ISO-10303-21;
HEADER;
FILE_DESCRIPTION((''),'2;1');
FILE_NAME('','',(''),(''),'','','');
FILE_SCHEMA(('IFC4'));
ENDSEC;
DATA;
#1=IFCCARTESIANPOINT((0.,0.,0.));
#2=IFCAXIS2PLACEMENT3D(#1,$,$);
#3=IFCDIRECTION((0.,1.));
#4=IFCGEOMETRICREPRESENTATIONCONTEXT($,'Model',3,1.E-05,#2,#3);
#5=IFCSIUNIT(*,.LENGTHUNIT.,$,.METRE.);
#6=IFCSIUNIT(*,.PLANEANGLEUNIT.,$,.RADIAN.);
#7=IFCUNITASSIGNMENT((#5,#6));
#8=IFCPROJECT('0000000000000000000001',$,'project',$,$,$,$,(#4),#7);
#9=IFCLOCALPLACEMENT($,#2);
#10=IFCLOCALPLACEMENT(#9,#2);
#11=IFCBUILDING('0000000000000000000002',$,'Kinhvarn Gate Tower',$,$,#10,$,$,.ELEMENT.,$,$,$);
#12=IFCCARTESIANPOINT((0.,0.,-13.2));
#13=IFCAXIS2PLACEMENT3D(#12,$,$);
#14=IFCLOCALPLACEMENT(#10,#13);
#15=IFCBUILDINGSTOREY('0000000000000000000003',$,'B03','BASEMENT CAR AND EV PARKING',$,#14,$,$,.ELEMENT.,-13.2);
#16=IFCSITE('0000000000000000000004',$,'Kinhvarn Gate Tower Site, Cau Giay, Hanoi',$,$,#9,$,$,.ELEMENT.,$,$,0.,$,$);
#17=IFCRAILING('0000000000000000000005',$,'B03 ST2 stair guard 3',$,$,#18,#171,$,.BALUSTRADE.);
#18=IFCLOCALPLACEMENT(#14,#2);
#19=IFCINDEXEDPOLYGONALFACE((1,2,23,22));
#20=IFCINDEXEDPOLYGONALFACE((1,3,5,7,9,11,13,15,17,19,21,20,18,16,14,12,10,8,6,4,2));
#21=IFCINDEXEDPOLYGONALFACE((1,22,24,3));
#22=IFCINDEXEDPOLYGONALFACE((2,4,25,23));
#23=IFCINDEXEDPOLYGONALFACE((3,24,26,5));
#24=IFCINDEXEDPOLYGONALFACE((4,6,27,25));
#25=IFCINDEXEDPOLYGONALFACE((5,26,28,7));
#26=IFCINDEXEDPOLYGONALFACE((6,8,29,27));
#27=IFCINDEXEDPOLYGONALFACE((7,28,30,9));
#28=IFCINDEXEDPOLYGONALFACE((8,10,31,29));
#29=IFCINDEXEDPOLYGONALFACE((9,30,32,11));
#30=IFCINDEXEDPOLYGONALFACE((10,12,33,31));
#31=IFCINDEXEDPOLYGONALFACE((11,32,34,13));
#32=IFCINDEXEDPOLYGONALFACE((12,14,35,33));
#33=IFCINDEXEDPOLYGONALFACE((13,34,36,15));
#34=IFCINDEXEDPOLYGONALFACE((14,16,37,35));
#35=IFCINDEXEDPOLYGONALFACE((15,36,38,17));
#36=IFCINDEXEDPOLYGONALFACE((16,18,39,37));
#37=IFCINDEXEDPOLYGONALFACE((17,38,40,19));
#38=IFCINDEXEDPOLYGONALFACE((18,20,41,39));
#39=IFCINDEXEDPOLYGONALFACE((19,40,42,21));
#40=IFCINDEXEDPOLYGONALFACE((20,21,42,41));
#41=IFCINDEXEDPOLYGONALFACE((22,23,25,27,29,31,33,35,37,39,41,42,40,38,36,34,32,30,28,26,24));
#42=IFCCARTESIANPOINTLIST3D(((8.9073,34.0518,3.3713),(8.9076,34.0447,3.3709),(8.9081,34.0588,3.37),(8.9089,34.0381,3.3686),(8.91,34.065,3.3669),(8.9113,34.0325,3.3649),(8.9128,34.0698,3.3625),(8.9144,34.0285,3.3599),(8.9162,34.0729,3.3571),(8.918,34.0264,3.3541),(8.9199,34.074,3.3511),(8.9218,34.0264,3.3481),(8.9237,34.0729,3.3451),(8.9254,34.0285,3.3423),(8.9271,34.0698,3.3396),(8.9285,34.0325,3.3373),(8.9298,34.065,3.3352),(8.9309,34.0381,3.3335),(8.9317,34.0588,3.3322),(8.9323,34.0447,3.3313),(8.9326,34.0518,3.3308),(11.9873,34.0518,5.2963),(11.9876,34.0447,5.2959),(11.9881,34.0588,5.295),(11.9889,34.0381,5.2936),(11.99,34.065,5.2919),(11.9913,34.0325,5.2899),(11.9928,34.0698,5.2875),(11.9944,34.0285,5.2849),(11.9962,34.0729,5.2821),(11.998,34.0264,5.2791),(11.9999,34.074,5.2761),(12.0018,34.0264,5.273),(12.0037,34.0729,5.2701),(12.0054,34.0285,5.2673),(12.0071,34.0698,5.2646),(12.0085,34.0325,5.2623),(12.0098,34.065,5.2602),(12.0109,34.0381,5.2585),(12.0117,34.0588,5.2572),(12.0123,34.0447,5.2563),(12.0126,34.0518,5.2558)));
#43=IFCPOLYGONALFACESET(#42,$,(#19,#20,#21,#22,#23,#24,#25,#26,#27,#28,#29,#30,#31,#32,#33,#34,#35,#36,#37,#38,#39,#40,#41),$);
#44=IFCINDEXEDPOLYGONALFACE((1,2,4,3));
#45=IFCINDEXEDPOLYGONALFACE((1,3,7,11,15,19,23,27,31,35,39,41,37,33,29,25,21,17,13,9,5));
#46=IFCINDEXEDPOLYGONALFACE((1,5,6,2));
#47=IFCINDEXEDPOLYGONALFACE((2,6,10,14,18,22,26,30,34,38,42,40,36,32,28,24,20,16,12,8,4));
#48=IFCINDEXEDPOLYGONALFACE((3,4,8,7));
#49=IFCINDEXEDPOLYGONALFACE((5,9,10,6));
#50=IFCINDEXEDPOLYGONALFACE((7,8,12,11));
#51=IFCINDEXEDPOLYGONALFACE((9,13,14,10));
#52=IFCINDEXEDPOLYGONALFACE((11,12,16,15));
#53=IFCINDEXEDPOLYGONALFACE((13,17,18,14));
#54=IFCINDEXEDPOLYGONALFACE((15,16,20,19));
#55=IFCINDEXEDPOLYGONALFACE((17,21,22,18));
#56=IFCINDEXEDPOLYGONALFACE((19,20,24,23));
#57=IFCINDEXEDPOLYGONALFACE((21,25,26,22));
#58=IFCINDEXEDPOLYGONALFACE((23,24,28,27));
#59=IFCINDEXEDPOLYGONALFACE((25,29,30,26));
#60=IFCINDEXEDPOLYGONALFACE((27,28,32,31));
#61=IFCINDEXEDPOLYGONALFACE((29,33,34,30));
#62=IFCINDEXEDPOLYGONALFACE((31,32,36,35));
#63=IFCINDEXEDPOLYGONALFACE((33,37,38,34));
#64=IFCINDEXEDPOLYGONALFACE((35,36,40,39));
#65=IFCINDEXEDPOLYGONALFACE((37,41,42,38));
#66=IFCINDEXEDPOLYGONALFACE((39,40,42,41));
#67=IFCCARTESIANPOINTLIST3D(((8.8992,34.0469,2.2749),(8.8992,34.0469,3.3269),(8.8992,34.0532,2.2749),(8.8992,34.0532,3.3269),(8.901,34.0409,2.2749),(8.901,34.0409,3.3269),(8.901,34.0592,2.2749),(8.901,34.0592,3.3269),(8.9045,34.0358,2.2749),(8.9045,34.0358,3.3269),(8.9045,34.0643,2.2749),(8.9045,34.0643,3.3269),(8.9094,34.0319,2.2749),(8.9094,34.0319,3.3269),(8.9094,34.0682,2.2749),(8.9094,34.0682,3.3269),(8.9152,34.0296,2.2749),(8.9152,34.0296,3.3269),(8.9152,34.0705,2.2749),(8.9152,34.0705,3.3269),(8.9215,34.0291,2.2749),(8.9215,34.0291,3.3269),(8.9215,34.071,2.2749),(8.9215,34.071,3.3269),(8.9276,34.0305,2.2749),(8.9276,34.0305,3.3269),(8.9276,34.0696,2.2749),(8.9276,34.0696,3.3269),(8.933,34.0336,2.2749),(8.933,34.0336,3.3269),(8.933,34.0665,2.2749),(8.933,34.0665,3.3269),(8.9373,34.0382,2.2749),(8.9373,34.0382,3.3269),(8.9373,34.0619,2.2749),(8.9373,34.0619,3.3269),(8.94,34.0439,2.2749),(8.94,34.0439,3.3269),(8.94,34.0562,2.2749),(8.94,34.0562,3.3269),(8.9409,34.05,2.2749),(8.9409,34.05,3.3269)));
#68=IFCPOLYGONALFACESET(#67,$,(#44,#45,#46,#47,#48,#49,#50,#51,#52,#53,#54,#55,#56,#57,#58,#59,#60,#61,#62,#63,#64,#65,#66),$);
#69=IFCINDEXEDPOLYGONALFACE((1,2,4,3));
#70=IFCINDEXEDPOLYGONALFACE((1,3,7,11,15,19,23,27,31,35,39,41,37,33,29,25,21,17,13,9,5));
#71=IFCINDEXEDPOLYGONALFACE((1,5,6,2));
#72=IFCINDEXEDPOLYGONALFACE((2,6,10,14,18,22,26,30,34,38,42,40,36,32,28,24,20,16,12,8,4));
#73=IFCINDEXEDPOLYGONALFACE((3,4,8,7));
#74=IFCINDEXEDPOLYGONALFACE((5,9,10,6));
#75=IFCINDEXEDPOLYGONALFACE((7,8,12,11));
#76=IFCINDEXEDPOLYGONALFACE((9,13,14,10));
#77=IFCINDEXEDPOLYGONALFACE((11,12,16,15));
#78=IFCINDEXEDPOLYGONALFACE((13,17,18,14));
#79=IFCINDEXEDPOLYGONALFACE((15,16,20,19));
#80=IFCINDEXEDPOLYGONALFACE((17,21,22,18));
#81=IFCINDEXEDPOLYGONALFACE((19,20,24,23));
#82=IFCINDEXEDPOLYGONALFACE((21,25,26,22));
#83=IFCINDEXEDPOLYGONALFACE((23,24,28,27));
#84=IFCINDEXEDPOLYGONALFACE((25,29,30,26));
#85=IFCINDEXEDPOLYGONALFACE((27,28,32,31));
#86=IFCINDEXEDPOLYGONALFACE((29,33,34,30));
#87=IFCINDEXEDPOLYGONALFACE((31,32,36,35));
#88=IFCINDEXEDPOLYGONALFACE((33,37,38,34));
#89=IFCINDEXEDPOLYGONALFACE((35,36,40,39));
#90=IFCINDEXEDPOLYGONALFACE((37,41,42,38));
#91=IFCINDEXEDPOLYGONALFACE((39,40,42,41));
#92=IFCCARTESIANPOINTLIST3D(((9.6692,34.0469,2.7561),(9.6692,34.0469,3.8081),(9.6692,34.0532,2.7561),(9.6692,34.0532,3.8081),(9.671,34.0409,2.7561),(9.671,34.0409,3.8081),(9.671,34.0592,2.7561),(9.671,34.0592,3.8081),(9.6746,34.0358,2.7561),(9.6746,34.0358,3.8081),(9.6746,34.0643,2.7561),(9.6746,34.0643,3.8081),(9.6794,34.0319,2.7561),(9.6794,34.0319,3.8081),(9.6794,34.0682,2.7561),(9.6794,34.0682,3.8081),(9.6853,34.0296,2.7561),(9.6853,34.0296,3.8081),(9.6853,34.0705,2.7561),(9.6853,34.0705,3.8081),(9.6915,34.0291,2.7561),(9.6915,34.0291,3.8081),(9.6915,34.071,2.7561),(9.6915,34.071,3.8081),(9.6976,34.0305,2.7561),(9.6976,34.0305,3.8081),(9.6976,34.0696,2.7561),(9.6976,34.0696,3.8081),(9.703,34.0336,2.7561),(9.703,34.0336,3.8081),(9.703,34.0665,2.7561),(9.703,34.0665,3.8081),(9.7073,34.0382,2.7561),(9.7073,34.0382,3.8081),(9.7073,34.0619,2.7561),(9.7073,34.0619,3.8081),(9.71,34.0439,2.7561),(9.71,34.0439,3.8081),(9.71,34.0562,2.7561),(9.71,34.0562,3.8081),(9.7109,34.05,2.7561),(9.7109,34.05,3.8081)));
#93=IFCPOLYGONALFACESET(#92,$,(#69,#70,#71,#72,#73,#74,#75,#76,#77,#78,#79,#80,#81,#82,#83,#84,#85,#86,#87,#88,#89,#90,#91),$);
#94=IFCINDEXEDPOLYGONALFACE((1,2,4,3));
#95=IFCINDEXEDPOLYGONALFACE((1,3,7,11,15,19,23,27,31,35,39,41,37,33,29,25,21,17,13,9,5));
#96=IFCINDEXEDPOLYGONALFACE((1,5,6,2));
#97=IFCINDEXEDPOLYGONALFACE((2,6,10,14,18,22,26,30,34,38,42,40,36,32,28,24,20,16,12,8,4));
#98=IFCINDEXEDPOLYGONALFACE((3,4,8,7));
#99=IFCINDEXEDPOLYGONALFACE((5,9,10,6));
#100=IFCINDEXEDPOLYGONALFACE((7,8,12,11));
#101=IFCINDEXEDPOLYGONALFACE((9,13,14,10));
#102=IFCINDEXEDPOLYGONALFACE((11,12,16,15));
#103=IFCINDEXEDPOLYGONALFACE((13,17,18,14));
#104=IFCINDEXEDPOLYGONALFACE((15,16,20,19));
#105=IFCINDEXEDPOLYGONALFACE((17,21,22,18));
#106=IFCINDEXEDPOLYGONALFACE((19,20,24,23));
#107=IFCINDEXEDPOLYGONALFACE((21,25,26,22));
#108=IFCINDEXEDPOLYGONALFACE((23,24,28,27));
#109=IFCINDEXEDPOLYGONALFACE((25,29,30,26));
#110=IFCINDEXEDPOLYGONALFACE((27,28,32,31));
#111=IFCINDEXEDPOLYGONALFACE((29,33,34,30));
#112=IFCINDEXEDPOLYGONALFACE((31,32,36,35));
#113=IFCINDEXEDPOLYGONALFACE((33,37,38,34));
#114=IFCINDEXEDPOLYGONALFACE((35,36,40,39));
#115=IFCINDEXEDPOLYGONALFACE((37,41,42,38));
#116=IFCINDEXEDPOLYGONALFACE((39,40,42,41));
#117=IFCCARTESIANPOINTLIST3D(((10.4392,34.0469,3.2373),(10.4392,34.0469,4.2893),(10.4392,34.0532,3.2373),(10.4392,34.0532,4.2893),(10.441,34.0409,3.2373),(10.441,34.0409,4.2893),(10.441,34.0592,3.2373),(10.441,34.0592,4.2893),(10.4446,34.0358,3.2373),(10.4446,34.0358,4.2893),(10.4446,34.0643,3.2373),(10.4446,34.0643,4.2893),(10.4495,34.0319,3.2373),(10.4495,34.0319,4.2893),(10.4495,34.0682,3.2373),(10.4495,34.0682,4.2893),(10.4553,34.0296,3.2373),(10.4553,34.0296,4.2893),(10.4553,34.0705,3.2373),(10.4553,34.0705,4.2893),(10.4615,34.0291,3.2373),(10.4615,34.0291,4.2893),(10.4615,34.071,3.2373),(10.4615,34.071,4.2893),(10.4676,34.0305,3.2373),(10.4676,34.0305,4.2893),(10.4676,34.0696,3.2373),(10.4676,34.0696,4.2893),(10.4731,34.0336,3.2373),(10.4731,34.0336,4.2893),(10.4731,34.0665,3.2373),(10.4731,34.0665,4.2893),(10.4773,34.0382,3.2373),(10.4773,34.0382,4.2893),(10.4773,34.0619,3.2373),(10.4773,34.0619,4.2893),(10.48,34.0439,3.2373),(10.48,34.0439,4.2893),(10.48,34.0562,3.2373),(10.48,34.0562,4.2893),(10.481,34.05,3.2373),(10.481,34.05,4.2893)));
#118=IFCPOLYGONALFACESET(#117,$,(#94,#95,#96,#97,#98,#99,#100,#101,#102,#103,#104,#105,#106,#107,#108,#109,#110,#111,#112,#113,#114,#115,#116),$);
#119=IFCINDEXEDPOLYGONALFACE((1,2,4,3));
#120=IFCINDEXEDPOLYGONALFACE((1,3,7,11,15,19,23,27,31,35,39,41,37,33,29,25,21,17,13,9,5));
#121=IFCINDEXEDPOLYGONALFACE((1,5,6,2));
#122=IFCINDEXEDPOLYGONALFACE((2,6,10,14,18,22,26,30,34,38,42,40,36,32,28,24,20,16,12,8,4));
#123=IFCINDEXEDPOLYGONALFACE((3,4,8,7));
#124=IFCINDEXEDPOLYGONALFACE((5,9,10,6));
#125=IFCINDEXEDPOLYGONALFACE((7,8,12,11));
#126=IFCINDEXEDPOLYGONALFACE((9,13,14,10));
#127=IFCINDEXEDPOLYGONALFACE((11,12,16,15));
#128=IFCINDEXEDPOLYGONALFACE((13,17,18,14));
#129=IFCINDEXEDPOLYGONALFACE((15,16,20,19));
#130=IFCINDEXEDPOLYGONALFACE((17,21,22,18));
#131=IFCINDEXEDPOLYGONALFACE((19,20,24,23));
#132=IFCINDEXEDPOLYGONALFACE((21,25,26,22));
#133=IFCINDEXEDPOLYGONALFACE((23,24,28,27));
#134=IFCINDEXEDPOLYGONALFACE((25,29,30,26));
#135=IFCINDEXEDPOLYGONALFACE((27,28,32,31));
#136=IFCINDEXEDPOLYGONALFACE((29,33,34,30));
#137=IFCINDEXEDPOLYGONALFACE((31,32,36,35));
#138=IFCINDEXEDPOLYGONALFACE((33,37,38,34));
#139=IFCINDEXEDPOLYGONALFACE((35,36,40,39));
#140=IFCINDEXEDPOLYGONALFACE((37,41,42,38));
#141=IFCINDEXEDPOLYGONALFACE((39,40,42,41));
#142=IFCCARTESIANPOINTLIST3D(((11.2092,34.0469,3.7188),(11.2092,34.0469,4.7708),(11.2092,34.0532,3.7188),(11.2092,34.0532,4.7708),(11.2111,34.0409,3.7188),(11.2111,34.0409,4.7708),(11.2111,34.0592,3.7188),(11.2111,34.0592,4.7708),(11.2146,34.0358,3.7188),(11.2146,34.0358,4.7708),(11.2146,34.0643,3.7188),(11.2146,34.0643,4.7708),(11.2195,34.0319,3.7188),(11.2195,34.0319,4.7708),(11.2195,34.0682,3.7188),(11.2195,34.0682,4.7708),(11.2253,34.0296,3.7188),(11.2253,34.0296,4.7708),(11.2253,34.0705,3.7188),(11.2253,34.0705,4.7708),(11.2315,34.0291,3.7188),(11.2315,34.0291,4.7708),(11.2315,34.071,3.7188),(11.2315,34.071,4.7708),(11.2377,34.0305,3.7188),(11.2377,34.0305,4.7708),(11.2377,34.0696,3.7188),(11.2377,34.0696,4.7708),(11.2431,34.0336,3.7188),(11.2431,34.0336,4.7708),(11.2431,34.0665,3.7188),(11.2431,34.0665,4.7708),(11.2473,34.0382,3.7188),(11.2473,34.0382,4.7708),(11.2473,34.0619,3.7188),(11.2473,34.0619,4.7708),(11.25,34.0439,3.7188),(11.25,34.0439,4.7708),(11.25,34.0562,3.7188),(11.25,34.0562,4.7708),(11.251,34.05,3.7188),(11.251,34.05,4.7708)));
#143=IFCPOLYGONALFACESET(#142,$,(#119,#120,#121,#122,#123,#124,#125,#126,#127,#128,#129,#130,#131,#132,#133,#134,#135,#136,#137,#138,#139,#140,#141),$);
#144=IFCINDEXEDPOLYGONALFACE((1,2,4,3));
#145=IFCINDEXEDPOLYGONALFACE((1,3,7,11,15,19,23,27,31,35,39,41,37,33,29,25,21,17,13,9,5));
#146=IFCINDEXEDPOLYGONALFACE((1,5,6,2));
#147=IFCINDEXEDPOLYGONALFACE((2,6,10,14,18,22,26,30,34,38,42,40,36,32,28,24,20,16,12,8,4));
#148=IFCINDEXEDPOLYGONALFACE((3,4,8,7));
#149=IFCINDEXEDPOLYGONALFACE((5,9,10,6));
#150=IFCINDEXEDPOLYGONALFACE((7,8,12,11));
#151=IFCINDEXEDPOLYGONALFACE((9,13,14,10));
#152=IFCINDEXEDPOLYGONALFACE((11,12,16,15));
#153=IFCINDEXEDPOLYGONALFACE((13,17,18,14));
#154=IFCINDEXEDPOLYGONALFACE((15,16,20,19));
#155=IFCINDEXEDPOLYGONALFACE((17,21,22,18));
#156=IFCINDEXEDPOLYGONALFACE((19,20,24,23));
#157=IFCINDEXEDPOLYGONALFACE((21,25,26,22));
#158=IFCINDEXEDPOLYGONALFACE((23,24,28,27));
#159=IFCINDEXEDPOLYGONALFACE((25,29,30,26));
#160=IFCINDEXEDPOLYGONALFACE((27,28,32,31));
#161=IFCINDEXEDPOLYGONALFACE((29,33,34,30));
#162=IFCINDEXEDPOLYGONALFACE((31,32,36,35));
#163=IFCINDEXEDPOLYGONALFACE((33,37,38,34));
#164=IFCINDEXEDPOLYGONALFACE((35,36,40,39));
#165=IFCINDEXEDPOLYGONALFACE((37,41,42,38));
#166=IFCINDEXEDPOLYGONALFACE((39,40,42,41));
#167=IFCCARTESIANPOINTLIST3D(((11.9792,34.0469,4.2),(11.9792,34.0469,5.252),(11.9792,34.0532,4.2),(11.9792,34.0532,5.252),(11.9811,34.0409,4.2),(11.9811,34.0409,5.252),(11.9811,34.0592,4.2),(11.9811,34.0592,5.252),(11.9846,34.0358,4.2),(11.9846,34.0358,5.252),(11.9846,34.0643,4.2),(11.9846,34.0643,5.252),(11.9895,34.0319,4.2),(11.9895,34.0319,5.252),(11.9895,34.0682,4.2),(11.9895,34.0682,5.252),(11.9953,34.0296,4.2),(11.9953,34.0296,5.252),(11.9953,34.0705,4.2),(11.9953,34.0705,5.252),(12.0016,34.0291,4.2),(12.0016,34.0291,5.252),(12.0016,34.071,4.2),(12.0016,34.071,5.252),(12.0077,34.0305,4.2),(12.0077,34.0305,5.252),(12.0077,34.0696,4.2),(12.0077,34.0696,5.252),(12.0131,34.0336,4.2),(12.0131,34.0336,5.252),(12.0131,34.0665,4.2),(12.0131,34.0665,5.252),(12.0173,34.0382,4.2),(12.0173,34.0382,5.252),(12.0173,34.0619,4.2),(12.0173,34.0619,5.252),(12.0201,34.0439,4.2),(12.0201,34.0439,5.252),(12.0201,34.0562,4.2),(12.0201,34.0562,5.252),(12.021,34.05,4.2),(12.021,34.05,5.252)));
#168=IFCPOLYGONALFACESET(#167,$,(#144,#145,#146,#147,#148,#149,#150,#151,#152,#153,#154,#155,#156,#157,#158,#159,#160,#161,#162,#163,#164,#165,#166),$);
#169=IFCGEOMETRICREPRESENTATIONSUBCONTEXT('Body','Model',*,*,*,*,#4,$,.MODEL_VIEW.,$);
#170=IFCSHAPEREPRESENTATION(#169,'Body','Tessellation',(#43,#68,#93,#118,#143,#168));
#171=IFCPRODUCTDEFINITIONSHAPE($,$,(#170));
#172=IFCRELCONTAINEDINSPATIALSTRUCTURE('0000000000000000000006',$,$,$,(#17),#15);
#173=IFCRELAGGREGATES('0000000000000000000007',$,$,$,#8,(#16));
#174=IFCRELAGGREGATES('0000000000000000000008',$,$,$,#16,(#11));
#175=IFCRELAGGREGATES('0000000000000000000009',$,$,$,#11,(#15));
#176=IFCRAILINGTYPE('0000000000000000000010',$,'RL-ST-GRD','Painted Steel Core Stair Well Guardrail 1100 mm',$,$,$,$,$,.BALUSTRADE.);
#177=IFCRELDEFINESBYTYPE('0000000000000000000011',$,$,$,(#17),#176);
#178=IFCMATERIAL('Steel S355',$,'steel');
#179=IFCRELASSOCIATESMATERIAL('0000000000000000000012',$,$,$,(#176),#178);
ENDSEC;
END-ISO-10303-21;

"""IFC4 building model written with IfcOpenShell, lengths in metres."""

from ifc_helpers import new_model, si_unit, direction, frame, origin, origin_2d, place, context, subcontext, project, spatial, circle, extrude, material, type_object, element, save


model = new_model("IFC4")

# Units and contexts
model_context = context("Model", 3, precision=1e-05, world=origin(), true_north=direction((0.0, 1.0)))
body_context = subcontext(model_context, "Body", "Model", "MODEL_VIEW")
ifc_project = project(units=[si_unit("LENGTHUNIT", "METRE"), si_unit("PLANEANGLEUNIT", "RADIAN")], contexts=[model_context])

# Site, building, storey
site_placement = place(None, origin())
site = spatial("IfcSite", under=ifc_project, at=site_placement, Name="Kinhvarn Gate Tower Site, Cau Giay, Hanoi", CompositionType="ELEMENT", RefElevation=0.0)
building_placement = place(site_placement, origin())
building = spatial("IfcBuilding", under=site, at=building_placement, Name="Kinhvarn Gate Tower", CompositionType="ELEMENT")
storey_placement = place(building_placement, frame((0.0, 0.0, -13.2)))
storey = spatial("IfcBuildingStorey", under=building, at=storey_placement, Name="B03", Description="BASEMENT CAR AND EV PARKING", CompositionType="ELEMENT", Elevation=-13.2)

# Shared definitions
ifc_material_1 = material(Name="Steel S355", Category="steel")

# Railing
railing_type_1 = type_object("IfcRailingType", Name="RL-ST-GRD", Description="Painted Steel Core Stair Well Guardrail 1100 mm", PredefinedType="BALUSTRADE", material=ifc_material_1)
railing_1_placement = place(storey_placement, frame((8.9199, 34.05, 2.2749)))
element("IfcRailing", 1, at=railing_1_placement, inside=storey, type_object=railing_type_1, Name="B03 ST2 stair guard 3", PredefinedType="BALUSTRADE", context=body_context, shape_type="SweptSolid", body=[
    extrude(circle(Radius=0.0239, at=origin_2d()), frame((0.0, 0.0, 1.0762), z_axis=(0.847998, 0.0, 0.529999), x_axis=(0.0, 1.0, 0.0)), (0.0, 0.0, 1.0), 3.6321),
    extrude(circle(Radius=0.021, at=origin_2d()), origin(), (0.0, 0.0, 1.0), 1.052),
    extrude(circle(Radius=0.021, at=origin_2d()), frame((0.77, 0.0, 0.4812)), (0.0, 0.0, 1.0), 1.052),
    extrude(circle(Radius=0.021, at=origin_2d()), frame((1.54, 0.0, 0.9624)), (0.0, 0.0, 1.0), 1.052),
    extrude(circle(Radius=0.021, at=origin_2d()), frame((2.3101, 0.0, 1.4438)), (0.0, 0.0, 1.0), 1.052),
    extrude(circle(Radius=0.021, at=origin_2d()), frame((3.0801, 0.0, 1.925)), (0.0, 0.0, 1.0), 1.052),
])

save(model, "model.ifc")
